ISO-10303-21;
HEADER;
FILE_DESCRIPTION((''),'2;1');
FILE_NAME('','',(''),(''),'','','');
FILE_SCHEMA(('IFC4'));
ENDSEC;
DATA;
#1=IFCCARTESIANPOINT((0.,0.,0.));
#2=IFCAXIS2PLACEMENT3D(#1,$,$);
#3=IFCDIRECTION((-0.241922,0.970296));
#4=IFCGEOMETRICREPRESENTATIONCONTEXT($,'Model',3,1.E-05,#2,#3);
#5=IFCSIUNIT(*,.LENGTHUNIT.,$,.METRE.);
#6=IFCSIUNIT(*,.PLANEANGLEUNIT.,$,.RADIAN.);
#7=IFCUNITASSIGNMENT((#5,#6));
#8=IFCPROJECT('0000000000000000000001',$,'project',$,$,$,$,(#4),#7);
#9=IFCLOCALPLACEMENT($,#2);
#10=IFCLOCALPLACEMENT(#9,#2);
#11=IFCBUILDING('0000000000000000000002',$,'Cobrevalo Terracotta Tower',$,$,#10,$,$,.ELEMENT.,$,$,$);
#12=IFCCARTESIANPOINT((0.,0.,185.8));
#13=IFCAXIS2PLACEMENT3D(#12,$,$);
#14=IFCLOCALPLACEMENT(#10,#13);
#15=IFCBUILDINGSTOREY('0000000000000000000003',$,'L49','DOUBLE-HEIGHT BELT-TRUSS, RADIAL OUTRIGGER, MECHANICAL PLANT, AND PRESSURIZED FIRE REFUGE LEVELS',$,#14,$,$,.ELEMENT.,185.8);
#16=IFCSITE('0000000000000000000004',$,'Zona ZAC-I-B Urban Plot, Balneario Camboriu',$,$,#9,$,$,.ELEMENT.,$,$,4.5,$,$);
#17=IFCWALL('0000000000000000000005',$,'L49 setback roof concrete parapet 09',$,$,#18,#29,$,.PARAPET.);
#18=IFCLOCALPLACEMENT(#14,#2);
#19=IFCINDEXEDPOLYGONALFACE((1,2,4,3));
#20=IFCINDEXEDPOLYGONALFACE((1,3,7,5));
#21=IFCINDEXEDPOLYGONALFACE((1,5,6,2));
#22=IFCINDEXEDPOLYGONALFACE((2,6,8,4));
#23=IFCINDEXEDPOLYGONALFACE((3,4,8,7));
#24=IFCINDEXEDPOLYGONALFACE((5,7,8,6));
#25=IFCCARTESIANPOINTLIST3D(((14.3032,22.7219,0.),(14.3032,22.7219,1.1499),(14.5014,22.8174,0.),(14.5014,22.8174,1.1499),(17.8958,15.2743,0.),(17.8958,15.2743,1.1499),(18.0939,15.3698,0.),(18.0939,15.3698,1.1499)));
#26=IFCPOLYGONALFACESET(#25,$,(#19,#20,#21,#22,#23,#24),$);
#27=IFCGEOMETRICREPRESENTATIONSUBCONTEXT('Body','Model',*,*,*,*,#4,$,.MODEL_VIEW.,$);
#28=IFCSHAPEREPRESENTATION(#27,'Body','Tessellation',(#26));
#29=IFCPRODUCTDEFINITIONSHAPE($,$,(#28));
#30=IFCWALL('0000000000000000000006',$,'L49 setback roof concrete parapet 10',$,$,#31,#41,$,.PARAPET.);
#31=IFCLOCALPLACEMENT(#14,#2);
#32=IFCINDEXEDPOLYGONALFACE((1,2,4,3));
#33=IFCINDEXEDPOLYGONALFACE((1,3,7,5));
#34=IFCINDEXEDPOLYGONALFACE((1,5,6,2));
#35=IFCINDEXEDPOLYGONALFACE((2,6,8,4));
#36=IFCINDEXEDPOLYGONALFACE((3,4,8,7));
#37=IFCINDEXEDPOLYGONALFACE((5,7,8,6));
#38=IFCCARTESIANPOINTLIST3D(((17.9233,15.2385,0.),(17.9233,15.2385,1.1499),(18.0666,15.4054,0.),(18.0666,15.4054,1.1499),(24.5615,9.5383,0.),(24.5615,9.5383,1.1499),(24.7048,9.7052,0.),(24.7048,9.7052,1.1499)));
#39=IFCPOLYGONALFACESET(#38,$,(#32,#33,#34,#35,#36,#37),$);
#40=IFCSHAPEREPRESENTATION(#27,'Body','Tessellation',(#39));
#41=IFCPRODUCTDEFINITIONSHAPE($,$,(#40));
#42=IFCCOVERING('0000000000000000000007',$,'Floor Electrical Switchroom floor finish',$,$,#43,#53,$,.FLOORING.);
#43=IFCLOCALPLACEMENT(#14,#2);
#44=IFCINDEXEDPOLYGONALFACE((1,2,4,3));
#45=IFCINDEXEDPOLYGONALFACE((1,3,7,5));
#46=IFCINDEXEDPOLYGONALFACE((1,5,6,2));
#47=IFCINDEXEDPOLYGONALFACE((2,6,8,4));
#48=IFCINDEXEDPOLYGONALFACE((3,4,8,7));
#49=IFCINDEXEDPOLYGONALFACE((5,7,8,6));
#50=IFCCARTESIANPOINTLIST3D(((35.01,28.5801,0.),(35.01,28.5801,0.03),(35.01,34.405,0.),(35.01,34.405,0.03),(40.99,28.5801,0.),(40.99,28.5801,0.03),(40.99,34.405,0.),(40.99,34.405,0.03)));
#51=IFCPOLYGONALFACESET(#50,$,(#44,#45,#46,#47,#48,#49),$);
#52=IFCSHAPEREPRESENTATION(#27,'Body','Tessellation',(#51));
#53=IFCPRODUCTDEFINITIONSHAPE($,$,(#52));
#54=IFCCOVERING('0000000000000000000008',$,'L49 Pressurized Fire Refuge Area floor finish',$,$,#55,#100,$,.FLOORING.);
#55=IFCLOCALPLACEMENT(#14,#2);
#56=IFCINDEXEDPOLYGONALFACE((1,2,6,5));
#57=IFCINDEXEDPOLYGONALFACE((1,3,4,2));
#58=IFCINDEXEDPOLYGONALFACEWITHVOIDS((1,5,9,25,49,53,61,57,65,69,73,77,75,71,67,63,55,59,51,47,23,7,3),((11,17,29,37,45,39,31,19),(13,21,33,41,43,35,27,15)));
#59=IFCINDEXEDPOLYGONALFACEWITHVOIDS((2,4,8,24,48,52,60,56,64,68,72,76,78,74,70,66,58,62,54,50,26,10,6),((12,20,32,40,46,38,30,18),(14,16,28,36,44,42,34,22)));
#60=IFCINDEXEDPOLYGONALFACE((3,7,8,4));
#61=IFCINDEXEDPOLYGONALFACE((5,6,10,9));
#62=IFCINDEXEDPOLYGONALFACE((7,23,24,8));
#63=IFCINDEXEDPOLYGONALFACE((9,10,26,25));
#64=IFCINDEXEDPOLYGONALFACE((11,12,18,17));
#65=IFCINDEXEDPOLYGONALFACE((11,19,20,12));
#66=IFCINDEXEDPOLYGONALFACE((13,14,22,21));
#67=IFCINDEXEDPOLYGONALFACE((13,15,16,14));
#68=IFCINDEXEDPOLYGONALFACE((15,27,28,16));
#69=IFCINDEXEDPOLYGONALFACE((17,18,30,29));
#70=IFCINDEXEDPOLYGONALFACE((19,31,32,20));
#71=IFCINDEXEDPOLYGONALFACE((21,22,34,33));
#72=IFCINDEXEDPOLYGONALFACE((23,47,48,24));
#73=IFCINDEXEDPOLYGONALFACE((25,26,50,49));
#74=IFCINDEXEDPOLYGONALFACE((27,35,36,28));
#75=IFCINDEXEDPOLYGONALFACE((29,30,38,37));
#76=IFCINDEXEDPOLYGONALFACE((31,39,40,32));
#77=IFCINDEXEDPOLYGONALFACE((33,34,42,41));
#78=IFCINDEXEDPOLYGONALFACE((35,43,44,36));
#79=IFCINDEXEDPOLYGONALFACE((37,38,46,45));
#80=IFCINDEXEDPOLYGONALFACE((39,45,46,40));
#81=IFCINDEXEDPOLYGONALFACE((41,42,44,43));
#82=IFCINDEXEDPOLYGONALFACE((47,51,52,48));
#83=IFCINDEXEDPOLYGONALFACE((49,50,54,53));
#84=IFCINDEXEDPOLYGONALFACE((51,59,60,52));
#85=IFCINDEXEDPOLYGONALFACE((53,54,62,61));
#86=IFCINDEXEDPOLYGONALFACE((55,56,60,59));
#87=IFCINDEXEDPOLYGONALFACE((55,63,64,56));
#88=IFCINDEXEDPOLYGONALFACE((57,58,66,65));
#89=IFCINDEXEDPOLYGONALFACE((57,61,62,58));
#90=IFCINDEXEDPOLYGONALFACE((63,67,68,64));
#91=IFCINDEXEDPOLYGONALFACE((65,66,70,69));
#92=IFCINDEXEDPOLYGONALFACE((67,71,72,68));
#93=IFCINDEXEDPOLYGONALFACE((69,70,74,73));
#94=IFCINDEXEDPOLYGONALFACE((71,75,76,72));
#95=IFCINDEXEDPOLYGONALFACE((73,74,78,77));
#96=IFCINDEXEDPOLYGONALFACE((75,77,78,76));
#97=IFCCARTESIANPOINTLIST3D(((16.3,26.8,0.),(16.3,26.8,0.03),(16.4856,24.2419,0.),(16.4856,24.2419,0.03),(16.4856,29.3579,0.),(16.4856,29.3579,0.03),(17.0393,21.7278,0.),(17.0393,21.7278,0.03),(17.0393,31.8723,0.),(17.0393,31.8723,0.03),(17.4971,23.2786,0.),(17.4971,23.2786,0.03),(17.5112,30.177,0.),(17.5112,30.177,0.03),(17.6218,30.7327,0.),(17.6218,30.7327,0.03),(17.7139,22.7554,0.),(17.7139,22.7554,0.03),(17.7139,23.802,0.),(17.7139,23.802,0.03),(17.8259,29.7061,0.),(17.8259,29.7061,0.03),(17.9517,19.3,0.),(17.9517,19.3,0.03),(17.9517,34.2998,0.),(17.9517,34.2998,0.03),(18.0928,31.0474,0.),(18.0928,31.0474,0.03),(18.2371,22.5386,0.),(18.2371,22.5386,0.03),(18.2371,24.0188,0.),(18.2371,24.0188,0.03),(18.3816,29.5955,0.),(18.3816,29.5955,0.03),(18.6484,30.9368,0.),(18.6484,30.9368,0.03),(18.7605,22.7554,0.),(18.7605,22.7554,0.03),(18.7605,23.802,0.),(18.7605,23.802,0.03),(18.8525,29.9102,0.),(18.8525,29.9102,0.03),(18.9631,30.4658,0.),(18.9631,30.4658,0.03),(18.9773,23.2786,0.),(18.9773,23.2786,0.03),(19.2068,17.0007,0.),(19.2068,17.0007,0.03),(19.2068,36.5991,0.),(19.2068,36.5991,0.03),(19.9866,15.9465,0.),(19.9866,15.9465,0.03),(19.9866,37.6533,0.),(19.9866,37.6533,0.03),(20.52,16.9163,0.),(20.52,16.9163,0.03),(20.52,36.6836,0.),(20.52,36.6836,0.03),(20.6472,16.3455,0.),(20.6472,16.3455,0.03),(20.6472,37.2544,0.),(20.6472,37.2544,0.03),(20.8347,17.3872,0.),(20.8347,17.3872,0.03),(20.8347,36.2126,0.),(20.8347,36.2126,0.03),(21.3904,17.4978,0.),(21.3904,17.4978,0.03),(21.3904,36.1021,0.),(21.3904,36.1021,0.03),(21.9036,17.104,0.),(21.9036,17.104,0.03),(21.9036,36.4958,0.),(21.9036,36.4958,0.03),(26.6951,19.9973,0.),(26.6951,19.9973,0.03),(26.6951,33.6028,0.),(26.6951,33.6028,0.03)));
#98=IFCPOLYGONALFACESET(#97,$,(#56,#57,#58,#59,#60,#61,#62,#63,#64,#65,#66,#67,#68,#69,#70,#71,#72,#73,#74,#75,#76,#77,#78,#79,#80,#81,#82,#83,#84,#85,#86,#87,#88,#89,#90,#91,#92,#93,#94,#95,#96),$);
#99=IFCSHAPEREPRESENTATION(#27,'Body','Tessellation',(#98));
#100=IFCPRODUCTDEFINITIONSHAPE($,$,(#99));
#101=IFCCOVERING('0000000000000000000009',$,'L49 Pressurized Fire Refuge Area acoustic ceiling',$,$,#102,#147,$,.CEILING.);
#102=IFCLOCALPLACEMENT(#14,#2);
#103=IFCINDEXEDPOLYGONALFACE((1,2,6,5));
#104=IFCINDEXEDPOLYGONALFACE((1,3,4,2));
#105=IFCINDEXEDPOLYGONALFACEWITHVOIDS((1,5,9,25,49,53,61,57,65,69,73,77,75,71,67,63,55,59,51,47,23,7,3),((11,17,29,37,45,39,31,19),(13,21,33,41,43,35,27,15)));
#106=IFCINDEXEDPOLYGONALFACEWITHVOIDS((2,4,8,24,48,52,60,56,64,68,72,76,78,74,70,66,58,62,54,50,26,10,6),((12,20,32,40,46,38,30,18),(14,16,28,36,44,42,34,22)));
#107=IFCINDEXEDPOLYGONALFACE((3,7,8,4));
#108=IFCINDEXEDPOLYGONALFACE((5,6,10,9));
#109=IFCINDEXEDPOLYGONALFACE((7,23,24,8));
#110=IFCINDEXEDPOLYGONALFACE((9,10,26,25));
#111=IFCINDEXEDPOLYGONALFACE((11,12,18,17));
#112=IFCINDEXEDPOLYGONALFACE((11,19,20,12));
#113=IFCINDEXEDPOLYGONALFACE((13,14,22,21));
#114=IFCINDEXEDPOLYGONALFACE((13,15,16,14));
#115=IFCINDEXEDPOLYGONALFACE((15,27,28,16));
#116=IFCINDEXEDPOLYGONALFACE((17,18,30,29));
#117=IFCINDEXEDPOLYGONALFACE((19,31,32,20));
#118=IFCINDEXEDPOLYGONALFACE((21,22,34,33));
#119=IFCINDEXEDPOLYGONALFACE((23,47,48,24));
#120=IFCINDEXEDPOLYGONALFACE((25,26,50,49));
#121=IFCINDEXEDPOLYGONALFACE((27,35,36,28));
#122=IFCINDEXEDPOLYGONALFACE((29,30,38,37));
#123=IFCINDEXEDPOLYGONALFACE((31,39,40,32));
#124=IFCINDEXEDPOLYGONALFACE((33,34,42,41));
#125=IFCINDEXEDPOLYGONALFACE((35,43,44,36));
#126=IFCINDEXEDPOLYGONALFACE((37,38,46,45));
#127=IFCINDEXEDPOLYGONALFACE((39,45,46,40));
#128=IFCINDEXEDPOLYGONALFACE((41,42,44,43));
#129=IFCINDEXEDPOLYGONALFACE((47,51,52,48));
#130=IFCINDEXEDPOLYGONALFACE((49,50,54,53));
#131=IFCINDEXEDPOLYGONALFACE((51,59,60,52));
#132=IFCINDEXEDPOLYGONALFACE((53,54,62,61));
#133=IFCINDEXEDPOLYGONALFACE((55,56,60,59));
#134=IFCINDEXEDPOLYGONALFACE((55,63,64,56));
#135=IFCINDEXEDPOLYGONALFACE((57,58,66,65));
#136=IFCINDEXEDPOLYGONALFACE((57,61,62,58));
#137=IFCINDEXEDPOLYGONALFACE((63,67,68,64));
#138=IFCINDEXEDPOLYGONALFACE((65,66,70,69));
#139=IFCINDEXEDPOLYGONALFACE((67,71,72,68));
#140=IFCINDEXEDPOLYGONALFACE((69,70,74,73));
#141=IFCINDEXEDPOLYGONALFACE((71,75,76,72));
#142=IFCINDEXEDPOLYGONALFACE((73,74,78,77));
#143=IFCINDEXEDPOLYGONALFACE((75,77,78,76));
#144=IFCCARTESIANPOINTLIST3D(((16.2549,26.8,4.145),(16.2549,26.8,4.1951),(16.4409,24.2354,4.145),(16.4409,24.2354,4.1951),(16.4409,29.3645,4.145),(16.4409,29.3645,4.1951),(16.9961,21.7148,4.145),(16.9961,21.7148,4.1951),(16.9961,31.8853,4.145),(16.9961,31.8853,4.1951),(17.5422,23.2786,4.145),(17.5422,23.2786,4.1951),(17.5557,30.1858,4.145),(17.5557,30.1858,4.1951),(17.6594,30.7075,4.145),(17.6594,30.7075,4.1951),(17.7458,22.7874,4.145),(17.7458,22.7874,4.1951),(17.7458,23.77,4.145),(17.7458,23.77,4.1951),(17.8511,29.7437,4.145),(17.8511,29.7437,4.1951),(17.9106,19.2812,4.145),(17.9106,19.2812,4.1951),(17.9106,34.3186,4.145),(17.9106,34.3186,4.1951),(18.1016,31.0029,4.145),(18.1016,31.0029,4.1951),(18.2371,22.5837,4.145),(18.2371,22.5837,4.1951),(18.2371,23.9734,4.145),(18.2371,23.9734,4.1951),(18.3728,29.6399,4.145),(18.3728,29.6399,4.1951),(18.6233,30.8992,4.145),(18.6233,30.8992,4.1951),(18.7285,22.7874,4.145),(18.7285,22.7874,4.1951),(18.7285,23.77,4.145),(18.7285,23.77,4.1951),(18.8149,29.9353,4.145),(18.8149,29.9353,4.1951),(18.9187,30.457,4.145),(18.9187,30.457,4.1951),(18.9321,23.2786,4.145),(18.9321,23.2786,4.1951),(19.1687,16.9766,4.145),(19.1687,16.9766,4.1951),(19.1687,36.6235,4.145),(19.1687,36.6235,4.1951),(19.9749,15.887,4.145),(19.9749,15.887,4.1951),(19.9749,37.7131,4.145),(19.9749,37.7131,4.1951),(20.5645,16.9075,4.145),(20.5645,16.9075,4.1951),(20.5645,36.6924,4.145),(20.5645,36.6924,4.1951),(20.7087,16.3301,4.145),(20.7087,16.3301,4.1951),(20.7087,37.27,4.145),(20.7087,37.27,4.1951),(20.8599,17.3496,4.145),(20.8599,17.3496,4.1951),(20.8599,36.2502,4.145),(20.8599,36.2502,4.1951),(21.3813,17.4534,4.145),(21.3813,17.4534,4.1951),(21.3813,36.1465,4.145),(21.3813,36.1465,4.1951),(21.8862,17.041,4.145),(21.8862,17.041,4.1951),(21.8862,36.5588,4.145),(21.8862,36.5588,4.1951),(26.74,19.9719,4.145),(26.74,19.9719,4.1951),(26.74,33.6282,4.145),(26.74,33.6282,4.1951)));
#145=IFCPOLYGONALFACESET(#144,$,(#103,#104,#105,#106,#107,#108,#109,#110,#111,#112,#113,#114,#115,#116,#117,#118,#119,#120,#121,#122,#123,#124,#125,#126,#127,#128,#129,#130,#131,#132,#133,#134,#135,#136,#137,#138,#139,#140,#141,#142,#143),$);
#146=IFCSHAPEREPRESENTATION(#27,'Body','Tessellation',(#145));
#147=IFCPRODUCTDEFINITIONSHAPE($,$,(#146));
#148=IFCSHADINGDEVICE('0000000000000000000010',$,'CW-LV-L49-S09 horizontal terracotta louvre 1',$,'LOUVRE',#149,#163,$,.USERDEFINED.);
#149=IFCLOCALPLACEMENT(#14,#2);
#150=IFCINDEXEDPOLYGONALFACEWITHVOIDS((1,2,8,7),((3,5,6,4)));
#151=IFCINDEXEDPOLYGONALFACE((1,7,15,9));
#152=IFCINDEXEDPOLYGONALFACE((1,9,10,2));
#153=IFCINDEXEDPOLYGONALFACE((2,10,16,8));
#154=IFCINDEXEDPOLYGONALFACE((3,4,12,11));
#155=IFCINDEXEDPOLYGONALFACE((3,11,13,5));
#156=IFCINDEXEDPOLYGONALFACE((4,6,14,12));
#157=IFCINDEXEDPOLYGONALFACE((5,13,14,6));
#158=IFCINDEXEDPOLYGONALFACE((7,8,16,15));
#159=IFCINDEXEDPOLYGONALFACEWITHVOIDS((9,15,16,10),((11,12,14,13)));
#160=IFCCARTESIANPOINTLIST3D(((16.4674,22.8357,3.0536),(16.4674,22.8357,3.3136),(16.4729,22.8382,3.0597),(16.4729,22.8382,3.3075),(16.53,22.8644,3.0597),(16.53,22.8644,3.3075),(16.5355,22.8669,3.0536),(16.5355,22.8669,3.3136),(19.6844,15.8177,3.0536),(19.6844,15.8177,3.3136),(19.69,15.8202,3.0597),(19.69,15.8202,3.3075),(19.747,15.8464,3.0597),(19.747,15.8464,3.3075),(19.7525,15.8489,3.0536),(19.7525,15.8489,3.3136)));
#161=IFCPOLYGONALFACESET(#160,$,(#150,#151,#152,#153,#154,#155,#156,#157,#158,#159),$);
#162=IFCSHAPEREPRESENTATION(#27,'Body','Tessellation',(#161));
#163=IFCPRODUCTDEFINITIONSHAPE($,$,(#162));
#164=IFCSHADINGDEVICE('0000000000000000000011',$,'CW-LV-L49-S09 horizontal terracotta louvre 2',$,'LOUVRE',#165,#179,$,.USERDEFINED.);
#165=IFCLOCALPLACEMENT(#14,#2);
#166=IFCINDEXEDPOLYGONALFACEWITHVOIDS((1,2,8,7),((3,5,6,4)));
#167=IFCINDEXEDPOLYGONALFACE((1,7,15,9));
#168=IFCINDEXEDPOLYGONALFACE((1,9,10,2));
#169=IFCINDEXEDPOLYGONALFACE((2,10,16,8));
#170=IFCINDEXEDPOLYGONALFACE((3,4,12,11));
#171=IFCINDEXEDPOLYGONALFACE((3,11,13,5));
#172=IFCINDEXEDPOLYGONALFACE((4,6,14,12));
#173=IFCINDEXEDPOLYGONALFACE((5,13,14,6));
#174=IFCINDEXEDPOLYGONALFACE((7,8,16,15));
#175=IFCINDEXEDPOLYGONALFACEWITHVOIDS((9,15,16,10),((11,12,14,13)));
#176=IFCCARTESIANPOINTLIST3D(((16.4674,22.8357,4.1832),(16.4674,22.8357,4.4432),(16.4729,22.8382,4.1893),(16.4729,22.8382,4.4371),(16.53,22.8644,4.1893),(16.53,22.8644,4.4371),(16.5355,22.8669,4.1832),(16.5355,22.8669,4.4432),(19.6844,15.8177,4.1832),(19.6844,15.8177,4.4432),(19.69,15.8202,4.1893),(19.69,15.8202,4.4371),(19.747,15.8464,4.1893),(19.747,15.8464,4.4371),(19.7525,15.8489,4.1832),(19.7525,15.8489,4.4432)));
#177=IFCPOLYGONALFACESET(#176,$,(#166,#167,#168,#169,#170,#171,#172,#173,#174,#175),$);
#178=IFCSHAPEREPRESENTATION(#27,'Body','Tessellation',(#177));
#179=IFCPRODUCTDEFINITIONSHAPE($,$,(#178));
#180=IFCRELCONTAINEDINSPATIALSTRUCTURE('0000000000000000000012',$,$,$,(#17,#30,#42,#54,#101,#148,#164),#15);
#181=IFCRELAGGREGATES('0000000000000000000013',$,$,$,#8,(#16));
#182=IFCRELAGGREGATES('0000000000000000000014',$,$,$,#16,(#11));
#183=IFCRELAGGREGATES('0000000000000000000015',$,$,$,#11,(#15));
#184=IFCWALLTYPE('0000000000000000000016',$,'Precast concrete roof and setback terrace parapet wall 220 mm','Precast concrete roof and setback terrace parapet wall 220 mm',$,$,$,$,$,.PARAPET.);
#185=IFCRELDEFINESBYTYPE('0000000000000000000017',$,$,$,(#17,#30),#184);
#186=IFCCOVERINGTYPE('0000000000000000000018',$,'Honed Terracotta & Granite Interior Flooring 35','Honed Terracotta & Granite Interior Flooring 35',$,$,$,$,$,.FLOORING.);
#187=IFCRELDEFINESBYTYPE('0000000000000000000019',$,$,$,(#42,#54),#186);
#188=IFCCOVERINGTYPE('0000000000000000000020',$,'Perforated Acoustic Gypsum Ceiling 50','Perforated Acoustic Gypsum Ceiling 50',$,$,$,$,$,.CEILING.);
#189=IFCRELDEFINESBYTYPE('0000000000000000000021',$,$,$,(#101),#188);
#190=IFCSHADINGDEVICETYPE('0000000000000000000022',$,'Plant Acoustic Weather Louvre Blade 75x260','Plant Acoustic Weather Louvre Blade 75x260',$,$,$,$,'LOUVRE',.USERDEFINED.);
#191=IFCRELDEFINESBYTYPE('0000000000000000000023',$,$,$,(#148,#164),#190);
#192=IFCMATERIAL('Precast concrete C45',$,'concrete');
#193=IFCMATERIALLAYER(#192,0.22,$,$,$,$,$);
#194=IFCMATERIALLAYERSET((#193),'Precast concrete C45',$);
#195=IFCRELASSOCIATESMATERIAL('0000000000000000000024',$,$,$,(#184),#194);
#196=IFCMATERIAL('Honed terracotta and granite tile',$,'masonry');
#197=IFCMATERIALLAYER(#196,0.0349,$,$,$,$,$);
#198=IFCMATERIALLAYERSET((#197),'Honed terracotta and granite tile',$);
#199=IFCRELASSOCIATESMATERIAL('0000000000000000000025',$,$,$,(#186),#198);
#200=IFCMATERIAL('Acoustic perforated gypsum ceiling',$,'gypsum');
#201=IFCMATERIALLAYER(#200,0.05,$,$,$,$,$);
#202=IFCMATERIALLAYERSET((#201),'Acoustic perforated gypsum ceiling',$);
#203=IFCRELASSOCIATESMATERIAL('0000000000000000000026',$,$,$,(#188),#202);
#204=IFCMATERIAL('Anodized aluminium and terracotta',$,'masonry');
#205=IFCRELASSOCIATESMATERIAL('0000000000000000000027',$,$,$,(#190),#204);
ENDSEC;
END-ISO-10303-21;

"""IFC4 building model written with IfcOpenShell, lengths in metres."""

from ifc_helpers import new_model, si_unit, direction, frame, frame_2d, origin, origin_2d, place, context, subcontext, project, spatial, polyline, rectangle, hollow_rectangle, outline, extrude, source, transform, mapped, material, layer, layer_set, material_profile, profile_set, type_object, element, save


model = new_model("IFC4")

# Units and contexts
model_context = context("Model", 3, precision=1e-05, world=origin(), true_north=direction((-0.241922, 0.970296)))
body_context = subcontext(model_context, "Body", "Model", "MODEL_VIEW")
ifc_project = project(units=[si_unit("LENGTHUNIT", "METRE"), si_unit("PLANEANGLEUNIT", "RADIAN")], contexts=[model_context])

# Site, building, storey
site_placement = place(None, origin())
site = spatial("IfcSite", under=ifc_project, at=site_placement, Name="Zona ZAC-I-B Urban Plot, Balneario Camboriu", CompositionType="ELEMENT", RefElevation=4.5)
building_placement = place(site_placement, origin())
building = spatial("IfcBuilding", under=site, at=building_placement, Name="Cobrevalo Terracotta Tower", CompositionType="ELEMENT")
storey_placement = place(building_placement, frame((0.0, 0.0, 185.8)))
storey = spatial("IfcBuildingStorey", under=building, at=storey_placement, Name="L49", Description="DOUBLE-HEIGHT BELT-TRUSS, RADIAL OUTRIGGER, MECHANICAL PLANT, AND PRESSURIZED FIRE REFUGE LEVELS", CompositionType="ELEMENT", Elevation=185.8)

# Walls
ifc_material_1 = material(Name="Precast concrete C45", Category="concrete")
ifc_layer_1 = layer(ifc_material_1, 0.22)
ifc_layer_set_1 = layer_set([ifc_layer_1], Name="Precast concrete C45")
wall_type = type_object("IfcWallType", Name="Precast concrete roof and setback terrace parapet wall 220 mm", Description="Precast concrete roof and setback terrace parapet wall 220 mm", PredefinedType="PARAPET", material=ifc_layer_set_1)
wall_1_placement = place(storey_placement, frame((14.4023, 22.7695, 0.0), z_axis=(0.0, 0.0, 1.0), x_axis=(0.434472, -0.900685, 0.0)))
element("IfcWall", 1, at=wall_1_placement, inside=storey, type_object=wall_type, Name="L49 setback roof concrete parapet 09", PredefinedType="PARAPET", context=body_context, shape_type="SweptSolid", body=[
    extrude(rectangle(XDim=8.2688, YDim=0.22, at=frame_2d((4.1343, 0.0))), origin(), (0.0, 0.0, 1.0), 1.1499),
])
wall_2_placement = place(storey_placement, frame((17.9949, 15.322, 0.0), z_axis=(0.0, 0.0, 1.0), x_axis=(0.758673, -0.651471, 0.0)))
element("IfcWall", 2, at=wall_2_placement, inside=storey, type_object=wall_type, Name="L49 setback roof concrete parapet 10", PredefinedType="PARAPET", context=body_context, shape_type="SweptSolid", body=[
    extrude(rectangle(XDim=8.7498, YDim=0.22, at=frame_2d((4.375, 0.0))), origin(), (0.0, 0.0, 1.0), 1.1499),
])

# Coverings
ifc_material_2 = material(Name="Honed terracotta and granite tile", Category="masonry")
ifc_layer_2 = layer(ifc_material_2, 0.0349)
ifc_layer_set_2 = layer_set([ifc_layer_2], Name="Honed terracotta and granite tile")
covering_type_1 = type_object("IfcCoveringType", Name="Honed Terracotta & Granite Interior Flooring 35", Description="Honed Terracotta & Granite Interior Flooring 35", PredefinedType="FLOORING", material=ifc_layer_set_2)
covering_1_placement = place(storey_placement, origin())
element("IfcCovering", 3, at=covering_1_placement, inside=storey, type_object=covering_type_1, Name="Floor Electrical Switchroom floor finish", PredefinedType="FLOORING", context=body_context, shape_type="SweptSolid", body=[
    extrude(outline(polyline([(35.01, 34.405), (40.99, 34.405), (40.99, 28.5801), (35.01, 28.5801), (35.01, 34.405)])), origin(), (0.0, 0.0, 1.0), 0.03),
])
covering_2_placement = place(storey_placement, origin())
element("IfcCovering", 4, at=covering_2_placement, inside=storey, type_object=covering_type_1, Name="L49 Pressurized Fire Refuge Area floor finish", PredefinedType="FLOORING", context=body_context, shape_type="SweptSolid", body=[
    extrude(outline(polyline([(17.9517, 19.3), (17.0393, 21.7278), (16.4856, 24.2419), (16.3, 26.8), (16.4856, 29.3579), (17.0393, 31.8723), (17.9517, 34.2998), (19.2068, 36.5991), (19.9866, 37.6533), (20.6472, 37.2544), (20.52, 36.6836), (20.8347, 36.2126), (21.3904, 36.1021), (21.9036, 36.4958), (26.6951, 33.6028), (26.6951, 19.9973), (21.9036, 17.104), (21.3904, 17.4978), (20.8347, 17.3872), (20.52, 16.9163), (20.6472, 16.3455), (19.9866, 15.9465), (19.2068, 17.0007), (17.9517, 19.3)]), holes=[polyline([(18.7605, 22.7554), (18.9773, 23.2786), (18.7605, 23.802), (18.2371, 24.0188), (17.7139, 23.802), (17.4971, 23.2786), (17.7139, 22.7554), (18.2371, 22.5386), (18.7605, 22.7554)]), polyline([(18.8525, 29.9102), (18.9631, 30.4658), (18.6484, 30.9368), (18.0928, 31.0474), (17.6218, 30.7327), (17.5112, 30.177), (17.8259, 29.7061), (18.3816, 29.5955), (18.8525, 29.9102)])]), origin(), (0.0, 0.0, 1.0), 0.03),
])
ifc_material_3 = material(Name="Acoustic perforated gypsum ceiling", Category="gypsum")
ifc_layer_3 = layer(ifc_material_3, 0.05)
ifc_layer_set_3 = layer_set([ifc_layer_3], Name="Acoustic perforated gypsum ceiling")
covering_type_2 = type_object("IfcCoveringType", Name="Perforated Acoustic Gypsum Ceiling 50", Description="Perforated Acoustic Gypsum Ceiling 50", PredefinedType="CEILING", material=ifc_layer_set_3)
covering_3_placement = place(storey_placement, frame((0.0, 0.0, 4.145)))
element("IfcCovering", 5, at=covering_3_placement, inside=storey, type_object=covering_type_2, Name="L49 Pressurized Fire Refuge Area acoustic ceiling", PredefinedType="CEILING", context=body_context, shape_type="SweptSolid", body=[
    extrude(outline(polyline([(17.9106, 19.2812), (16.9961, 21.7148), (16.4409, 24.2354), (16.2549, 26.8), (16.4409, 29.3645), (16.9961, 31.8853), (17.9106, 34.3186), (19.1687, 36.6235), (19.9749, 37.7131), (20.7087, 37.27), (20.5645, 36.6924), (20.8599, 36.2502), (21.3813, 36.1465), (21.8862, 36.5588), (26.74, 33.6282), (26.74, 19.9719), (21.8862, 17.041), (21.3813, 17.4534), (20.8599, 17.3496), (20.5645, 16.9075), (20.7087, 16.3301), (19.9749, 15.887), (19.1687, 16.9766), (17.9106, 19.2812)]), holes=[polyline([(18.7285, 22.7874), (18.9321, 23.2786), (18.7285, 23.77), (18.2371, 23.9734), (17.7458, 23.77), (17.5422, 23.2786), (17.7458, 22.7874), (18.2371, 22.5837), (18.7285, 22.7874)]), polyline([(18.8149, 29.9353), (18.9187, 30.457), (18.6233, 30.8992), (18.1016, 31.0029), (17.6594, 30.7075), (17.5557, 30.1858), (17.8511, 29.7437), (18.3728, 29.6399), (18.8149, 29.9353)])]), origin(), (0.0, 0.0, 1.0), 0.05),
])

# Shading devices
ifc_material_4 = material(Name="Anodized aluminium and terracotta", Category="masonry")
ifc_material_profile_1 = material_profile(ifc_material_4, hollow_rectangle(XDim=0.075, YDim=0.26, WallThickness=0.0061, at=origin_2d()), Name="LOUVRE BLADE 75x260")
ifc_profile_set_1 = profile_set([ifc_material_profile_1], Name="Anodized aluminium and terracotta")
shading_device_type = type_object("IfcShadingDeviceType", Name="Plant Acoustic Weather Louvre Blade 75x260", Description="Plant Acoustic Weather Louvre Blade 75x260", ElementType="LOUVRE", PredefinedType="USERDEFINED", material=ifc_profile_set_1)
shared_shape_1 = source(origin(), body_context, "Body", "SweptSolid", [
    extrude(hollow_rectangle(XDim=0.075, YDim=0.26, WallThickness=0.0061, at=origin_2d()), origin(), (0.0, 0.0, 1.0), 7.7202),
])
for number, where, z_axis, x_axis, name in (
    (6, (16.5015, 22.8513, 3.1836), (0.4167, -0.909044, 0.0), (0.909044, 0.4167, 0.0), "CW-LV-L49-S09 horizontal terracotta louvre 1"),
    (7, (16.5015, 22.8513, 4.3132), (0.4167, -0.909044, 0.0), (0.909044, 0.4167, 0.0), "CW-LV-L49-S09 horizontal terracotta louvre 2"),
):
    element("IfcShadingDevice", number, at=place(storey_placement, frame(where, z_axis=z_axis, x_axis=x_axis)), inside=storey, type_object=shading_device_type, Name=name, ObjectType="LOUVRE", PredefinedType="USERDEFINED", context=body_context, shape_type="MappedRepresentation", body=[
        mapped(shared_shape_1, transform((0.0, 0.0, 0.0), scale=1.0)),
    ])

save(model, "model.ifc")
